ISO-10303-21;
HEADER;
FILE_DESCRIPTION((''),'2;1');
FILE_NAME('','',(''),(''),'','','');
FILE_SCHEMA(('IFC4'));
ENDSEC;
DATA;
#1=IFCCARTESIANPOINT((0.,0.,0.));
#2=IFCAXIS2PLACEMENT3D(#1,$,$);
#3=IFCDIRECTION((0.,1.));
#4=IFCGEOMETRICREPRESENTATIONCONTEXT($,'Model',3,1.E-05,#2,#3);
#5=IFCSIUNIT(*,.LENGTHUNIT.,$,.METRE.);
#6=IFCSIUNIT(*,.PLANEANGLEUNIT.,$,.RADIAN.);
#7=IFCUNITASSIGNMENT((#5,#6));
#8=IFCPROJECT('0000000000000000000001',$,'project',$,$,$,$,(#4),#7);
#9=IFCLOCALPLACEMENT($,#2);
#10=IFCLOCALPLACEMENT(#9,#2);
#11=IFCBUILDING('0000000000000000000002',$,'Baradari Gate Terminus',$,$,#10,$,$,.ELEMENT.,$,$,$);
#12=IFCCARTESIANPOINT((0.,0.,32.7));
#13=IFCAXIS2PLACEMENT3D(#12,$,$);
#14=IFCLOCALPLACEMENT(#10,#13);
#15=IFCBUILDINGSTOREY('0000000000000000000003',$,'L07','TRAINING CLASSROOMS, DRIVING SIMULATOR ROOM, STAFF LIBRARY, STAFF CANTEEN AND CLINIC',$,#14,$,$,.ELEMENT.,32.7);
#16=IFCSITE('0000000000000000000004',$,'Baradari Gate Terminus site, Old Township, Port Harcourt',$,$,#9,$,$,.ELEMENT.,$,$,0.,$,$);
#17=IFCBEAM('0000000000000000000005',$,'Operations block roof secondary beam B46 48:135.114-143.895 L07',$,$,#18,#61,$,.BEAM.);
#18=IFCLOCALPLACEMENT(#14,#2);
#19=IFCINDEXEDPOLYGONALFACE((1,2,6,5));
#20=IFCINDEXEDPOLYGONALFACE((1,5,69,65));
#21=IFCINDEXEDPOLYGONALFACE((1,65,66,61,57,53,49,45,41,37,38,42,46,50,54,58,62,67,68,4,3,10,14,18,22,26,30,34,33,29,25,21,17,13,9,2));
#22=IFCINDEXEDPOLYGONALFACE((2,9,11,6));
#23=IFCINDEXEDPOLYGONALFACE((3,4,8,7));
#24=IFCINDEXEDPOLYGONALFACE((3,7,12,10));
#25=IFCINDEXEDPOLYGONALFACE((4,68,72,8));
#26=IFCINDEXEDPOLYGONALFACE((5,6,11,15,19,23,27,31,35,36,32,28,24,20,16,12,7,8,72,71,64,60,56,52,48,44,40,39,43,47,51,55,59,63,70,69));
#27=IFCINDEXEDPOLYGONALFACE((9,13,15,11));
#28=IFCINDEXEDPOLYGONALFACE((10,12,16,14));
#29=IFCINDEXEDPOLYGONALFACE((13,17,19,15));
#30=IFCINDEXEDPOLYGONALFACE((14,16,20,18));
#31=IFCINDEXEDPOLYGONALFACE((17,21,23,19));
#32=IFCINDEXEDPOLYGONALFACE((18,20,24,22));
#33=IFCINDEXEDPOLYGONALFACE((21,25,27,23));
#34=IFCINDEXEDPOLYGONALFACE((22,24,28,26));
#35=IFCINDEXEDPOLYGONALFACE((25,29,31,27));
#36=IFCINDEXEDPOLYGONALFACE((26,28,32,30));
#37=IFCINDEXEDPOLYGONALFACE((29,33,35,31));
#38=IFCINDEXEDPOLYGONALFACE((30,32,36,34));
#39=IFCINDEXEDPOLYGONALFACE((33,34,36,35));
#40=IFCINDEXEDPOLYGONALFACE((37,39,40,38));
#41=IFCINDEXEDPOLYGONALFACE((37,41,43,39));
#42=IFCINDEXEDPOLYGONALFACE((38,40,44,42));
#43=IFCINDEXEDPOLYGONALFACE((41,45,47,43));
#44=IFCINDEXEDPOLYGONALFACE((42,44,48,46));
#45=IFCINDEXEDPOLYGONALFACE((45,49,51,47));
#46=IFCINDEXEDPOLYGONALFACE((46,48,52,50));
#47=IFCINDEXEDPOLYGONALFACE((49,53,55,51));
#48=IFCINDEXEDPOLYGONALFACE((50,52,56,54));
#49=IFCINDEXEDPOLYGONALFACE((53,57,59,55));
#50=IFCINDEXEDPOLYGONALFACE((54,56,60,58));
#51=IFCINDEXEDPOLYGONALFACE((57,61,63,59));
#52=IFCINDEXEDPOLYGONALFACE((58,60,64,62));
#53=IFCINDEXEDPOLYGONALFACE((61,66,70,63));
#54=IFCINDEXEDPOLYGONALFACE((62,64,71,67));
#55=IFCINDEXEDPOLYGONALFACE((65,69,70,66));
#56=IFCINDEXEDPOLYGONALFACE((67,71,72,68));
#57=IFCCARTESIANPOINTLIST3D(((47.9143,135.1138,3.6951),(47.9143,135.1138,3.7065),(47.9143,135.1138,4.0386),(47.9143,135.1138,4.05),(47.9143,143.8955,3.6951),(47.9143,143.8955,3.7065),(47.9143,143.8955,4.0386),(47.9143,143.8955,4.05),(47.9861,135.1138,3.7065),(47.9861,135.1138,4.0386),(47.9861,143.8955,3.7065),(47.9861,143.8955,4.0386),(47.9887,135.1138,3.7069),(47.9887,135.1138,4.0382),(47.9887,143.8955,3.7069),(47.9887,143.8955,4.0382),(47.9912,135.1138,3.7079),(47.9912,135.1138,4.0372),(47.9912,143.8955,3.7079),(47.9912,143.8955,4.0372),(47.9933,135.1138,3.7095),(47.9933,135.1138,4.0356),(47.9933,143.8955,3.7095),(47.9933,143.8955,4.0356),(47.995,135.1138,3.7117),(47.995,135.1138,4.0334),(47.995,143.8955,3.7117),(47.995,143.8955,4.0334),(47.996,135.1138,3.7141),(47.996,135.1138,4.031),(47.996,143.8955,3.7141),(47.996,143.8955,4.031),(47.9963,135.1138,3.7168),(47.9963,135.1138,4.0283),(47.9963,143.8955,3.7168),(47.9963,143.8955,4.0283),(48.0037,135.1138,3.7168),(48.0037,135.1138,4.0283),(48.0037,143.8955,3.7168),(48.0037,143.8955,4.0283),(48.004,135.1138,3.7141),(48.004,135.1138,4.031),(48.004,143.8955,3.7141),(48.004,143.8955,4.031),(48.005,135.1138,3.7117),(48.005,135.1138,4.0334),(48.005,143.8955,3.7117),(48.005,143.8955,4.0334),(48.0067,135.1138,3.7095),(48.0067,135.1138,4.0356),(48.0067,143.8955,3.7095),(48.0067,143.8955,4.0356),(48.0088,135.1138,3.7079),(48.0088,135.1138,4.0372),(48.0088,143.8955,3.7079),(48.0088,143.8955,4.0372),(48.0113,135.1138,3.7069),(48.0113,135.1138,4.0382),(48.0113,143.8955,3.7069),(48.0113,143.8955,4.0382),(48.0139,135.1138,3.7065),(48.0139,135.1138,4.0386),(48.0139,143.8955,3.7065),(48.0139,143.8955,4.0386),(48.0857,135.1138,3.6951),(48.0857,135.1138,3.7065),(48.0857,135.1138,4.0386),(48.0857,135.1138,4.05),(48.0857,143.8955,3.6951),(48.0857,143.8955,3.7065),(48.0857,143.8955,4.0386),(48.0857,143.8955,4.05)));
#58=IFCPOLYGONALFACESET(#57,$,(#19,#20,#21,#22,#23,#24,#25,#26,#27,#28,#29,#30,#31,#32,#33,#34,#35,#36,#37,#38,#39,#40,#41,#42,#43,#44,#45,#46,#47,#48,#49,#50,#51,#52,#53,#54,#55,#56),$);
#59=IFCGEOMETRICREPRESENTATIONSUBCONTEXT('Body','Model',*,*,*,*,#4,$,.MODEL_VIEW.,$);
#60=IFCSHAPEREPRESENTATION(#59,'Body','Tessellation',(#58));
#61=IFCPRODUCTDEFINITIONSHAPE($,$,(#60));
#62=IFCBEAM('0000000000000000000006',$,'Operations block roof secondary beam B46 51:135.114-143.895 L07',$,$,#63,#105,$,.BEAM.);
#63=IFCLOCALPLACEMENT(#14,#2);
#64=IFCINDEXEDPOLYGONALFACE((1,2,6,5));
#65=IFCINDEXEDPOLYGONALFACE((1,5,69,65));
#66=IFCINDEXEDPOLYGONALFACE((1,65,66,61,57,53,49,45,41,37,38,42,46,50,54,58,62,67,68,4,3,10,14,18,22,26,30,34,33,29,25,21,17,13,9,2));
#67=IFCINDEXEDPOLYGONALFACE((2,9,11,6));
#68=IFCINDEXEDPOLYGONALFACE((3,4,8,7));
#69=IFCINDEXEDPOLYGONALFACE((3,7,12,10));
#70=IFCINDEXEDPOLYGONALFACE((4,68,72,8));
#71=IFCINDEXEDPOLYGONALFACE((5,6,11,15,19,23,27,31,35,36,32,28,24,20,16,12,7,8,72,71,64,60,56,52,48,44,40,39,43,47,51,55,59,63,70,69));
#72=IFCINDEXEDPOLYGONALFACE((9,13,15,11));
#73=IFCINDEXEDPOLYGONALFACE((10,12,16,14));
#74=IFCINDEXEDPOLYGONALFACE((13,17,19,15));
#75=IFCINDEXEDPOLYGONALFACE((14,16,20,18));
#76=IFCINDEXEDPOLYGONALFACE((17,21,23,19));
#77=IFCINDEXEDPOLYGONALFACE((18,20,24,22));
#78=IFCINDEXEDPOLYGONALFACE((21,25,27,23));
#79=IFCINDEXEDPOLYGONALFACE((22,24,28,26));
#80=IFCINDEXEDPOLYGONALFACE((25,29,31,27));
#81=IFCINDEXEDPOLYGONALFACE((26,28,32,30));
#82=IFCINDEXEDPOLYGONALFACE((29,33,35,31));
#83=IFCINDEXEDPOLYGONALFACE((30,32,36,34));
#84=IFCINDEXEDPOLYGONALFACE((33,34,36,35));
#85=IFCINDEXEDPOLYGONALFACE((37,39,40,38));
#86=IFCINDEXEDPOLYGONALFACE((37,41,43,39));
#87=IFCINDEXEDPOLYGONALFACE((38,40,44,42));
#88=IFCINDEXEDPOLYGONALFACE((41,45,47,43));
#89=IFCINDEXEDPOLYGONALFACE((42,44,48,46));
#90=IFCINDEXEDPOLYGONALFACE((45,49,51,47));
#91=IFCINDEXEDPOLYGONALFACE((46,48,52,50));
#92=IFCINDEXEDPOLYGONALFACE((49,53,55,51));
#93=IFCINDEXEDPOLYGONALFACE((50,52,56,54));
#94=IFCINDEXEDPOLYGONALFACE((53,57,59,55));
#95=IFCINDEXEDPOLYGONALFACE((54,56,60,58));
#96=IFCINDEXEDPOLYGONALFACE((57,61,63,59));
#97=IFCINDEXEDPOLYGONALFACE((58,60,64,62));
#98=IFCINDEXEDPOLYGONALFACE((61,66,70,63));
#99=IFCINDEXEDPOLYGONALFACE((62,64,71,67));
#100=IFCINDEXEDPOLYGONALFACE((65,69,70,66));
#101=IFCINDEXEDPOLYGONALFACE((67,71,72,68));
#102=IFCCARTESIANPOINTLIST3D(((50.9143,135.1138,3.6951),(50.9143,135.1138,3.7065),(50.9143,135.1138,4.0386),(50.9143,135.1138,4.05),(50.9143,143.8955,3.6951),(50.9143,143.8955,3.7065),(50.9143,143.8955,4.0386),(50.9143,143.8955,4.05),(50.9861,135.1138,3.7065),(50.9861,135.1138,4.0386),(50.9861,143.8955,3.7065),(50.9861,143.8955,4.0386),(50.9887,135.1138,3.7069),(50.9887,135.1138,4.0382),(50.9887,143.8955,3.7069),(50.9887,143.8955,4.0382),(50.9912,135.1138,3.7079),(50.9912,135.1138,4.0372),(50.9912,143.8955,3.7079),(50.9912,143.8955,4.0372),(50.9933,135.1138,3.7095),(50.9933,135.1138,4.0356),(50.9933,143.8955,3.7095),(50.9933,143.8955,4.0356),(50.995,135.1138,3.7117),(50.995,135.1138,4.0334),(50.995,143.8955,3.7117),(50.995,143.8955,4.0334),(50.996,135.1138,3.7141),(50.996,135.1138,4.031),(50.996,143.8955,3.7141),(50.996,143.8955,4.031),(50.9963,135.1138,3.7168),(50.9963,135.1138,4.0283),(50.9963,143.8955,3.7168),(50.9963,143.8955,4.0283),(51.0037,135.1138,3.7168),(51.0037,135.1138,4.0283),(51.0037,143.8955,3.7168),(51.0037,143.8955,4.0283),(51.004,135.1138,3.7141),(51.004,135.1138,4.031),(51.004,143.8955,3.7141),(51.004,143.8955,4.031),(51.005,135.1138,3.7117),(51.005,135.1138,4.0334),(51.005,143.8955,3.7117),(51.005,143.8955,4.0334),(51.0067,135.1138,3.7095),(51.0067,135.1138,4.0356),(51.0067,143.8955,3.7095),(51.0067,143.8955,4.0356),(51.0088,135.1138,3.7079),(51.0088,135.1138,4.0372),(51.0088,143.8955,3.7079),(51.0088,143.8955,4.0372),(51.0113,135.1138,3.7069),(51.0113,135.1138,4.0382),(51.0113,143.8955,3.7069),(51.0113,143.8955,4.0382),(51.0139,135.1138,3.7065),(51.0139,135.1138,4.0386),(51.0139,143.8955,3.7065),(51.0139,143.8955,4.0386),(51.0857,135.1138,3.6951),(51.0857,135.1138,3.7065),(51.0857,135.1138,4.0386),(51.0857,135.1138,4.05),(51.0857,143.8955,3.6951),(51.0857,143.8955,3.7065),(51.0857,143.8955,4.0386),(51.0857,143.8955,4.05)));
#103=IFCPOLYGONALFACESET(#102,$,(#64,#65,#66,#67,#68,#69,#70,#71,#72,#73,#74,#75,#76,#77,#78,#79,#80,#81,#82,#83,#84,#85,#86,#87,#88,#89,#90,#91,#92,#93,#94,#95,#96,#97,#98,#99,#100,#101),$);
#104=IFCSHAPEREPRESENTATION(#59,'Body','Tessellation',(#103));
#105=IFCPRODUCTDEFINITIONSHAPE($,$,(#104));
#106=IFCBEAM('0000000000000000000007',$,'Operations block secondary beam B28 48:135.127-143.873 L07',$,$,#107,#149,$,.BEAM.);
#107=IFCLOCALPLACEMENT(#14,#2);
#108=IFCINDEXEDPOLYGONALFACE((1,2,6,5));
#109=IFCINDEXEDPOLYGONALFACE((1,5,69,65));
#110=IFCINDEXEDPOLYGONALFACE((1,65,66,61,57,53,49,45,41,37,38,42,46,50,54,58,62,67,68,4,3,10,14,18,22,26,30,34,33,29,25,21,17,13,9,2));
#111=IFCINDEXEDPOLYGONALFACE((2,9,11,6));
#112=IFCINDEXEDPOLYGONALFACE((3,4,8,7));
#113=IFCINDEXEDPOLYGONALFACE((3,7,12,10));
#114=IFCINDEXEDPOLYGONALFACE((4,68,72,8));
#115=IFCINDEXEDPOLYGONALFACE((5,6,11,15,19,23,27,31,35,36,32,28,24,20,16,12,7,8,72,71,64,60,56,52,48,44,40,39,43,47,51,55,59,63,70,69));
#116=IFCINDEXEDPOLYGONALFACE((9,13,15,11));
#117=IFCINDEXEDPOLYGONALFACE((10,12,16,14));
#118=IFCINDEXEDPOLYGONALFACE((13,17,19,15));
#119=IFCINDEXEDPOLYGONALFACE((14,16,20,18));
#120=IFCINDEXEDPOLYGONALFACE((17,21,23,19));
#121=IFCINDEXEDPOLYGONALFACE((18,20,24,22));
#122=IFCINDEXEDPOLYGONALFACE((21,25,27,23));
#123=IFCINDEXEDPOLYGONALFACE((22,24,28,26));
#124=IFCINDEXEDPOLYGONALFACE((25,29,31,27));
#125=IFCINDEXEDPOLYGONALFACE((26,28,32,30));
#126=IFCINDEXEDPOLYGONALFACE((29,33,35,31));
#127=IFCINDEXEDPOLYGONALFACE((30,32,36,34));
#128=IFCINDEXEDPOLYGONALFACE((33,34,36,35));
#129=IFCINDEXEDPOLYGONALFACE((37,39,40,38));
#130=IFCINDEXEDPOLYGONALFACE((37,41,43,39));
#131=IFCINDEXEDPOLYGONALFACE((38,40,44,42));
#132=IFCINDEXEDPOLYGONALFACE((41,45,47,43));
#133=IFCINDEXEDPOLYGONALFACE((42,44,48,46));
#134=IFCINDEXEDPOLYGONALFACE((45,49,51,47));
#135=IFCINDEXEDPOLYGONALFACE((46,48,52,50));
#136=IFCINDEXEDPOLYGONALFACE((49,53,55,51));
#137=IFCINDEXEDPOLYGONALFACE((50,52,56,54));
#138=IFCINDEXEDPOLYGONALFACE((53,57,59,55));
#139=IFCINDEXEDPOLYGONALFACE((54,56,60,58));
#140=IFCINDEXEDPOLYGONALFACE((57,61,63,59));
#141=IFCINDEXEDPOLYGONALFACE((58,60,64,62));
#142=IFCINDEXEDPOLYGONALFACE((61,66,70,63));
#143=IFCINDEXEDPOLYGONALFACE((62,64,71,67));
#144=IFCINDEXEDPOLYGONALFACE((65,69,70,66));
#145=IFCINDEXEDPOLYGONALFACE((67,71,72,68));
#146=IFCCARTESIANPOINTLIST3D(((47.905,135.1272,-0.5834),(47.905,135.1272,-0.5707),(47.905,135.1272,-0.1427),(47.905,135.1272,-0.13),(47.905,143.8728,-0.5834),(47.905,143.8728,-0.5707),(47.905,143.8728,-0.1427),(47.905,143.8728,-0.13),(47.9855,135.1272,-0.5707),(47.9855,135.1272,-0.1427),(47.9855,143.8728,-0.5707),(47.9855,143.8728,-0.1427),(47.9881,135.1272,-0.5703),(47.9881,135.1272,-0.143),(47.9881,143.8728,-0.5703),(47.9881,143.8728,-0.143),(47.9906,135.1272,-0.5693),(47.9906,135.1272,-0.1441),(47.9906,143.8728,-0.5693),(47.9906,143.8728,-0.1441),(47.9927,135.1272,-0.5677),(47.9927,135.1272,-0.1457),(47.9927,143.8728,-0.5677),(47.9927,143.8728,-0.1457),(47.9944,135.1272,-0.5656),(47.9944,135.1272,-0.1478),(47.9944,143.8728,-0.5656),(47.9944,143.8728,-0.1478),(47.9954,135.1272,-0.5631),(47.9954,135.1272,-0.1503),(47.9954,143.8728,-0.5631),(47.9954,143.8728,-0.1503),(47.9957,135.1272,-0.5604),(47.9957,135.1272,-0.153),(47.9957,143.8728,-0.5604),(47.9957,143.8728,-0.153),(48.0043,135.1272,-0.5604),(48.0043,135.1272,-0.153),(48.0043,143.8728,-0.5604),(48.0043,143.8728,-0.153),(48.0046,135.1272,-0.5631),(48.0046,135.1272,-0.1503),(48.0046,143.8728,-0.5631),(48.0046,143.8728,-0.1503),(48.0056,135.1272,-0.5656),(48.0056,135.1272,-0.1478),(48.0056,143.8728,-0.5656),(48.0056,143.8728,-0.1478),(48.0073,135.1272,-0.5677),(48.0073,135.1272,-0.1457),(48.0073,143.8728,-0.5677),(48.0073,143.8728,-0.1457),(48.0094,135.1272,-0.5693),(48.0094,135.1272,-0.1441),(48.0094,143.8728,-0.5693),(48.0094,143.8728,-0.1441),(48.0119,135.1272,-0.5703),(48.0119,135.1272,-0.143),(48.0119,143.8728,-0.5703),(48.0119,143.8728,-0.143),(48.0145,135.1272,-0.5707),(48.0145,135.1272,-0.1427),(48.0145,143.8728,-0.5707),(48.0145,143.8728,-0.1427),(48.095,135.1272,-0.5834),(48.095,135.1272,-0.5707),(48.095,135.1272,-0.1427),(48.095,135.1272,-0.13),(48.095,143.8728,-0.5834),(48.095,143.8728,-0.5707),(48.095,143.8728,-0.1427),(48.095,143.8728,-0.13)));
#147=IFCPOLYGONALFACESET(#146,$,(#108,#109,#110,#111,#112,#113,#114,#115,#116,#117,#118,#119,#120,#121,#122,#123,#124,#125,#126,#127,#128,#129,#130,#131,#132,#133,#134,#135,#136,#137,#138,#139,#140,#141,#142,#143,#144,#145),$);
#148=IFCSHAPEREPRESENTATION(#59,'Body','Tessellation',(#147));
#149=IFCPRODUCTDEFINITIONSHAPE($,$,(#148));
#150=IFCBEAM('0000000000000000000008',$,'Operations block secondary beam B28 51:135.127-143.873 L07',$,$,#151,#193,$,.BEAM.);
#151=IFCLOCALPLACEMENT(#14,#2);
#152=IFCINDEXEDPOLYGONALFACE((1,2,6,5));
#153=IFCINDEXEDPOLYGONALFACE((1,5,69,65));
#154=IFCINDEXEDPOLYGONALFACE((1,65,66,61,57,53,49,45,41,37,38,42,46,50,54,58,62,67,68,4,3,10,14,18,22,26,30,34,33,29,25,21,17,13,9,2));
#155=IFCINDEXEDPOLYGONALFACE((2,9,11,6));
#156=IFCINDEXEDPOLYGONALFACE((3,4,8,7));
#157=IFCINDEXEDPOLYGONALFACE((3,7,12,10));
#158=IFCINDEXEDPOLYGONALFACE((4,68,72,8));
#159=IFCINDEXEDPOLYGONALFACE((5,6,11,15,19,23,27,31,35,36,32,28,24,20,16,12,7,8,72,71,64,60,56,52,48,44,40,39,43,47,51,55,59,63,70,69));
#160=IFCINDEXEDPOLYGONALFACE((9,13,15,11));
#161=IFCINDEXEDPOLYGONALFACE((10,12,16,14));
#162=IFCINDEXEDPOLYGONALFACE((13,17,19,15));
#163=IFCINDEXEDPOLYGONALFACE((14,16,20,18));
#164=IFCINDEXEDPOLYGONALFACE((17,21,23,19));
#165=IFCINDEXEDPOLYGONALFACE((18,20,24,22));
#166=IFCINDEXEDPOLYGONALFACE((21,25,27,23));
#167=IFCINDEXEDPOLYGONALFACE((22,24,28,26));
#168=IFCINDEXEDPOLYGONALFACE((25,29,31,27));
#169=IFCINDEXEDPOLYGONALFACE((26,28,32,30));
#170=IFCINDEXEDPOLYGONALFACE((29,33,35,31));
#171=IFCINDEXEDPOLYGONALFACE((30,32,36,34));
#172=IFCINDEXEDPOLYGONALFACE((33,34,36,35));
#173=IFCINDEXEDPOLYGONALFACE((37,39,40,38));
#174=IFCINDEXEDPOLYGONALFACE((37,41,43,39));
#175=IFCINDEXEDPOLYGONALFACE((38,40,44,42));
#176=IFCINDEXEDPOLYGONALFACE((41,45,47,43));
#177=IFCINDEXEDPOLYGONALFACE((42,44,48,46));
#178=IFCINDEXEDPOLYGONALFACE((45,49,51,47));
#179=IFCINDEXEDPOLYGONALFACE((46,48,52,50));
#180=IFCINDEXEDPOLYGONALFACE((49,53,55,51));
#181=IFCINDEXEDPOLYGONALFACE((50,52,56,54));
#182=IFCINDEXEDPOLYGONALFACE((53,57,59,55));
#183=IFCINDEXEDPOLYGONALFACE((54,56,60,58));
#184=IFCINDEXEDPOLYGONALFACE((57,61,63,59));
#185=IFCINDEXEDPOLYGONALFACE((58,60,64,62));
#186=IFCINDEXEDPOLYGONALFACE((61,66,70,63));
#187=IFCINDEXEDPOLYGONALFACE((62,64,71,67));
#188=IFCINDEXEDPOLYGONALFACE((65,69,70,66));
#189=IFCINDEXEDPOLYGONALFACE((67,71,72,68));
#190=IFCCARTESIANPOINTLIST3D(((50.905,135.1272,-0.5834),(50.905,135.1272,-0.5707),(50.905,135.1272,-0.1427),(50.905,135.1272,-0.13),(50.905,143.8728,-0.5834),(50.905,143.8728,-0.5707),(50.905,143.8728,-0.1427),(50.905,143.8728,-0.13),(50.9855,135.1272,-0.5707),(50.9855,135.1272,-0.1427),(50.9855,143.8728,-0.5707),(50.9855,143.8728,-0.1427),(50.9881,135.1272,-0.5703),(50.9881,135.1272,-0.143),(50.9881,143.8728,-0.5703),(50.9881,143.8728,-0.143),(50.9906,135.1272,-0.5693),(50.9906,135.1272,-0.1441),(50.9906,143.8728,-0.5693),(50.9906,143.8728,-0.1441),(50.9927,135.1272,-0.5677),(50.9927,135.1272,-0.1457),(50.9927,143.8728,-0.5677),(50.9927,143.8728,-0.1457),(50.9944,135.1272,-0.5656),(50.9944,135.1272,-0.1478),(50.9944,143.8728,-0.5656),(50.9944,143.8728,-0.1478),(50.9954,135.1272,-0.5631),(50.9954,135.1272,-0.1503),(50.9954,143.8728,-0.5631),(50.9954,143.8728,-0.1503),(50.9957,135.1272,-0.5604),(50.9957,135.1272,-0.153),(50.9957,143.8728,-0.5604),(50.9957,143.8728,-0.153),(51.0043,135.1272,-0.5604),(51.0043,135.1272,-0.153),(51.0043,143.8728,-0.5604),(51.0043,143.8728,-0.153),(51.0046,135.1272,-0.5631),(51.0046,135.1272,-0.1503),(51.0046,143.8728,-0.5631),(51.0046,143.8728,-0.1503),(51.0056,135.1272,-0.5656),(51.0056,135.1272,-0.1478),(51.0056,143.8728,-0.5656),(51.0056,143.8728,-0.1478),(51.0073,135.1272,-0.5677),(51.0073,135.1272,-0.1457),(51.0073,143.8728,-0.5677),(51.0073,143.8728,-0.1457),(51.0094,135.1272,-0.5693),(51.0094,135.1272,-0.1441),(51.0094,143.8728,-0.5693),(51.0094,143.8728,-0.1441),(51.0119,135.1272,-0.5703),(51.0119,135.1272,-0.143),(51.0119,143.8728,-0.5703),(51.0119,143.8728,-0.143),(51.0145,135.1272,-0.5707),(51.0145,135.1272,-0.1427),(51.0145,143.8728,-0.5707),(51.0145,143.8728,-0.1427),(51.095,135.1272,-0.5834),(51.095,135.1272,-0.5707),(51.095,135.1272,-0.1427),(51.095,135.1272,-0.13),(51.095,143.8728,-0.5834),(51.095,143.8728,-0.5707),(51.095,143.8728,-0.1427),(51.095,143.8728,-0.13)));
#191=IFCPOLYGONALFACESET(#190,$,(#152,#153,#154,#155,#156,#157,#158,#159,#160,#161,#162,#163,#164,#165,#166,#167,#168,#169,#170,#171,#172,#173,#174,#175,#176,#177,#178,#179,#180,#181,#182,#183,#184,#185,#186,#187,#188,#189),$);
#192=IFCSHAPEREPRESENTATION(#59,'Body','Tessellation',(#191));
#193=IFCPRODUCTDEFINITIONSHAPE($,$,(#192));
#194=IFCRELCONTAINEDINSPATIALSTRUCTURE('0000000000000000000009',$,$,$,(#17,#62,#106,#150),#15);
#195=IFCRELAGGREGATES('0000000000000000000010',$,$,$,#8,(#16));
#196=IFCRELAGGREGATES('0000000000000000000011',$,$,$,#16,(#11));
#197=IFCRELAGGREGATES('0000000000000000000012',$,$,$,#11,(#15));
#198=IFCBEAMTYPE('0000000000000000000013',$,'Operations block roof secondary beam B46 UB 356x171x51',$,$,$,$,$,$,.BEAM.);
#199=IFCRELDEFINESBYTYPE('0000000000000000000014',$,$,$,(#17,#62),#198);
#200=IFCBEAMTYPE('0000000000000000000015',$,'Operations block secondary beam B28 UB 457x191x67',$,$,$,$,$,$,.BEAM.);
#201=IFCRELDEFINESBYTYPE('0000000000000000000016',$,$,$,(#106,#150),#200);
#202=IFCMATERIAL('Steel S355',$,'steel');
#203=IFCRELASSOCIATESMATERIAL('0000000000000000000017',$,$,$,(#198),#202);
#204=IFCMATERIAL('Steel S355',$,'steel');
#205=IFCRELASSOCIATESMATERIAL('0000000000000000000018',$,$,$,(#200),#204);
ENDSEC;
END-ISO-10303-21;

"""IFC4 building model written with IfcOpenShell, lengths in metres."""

from ifc_helpers import new_model, si_unit, direction, frame, origin, origin_2d, place, context, subcontext, project, spatial, i_section, extrude, material, material_profile, profile_set, type_object, element, save


model = new_model("IFC4")

# Units and contexts
model_context = context("Model", 3, precision=1e-05, world=origin(), true_north=direction((0.0, 1.0)))
body_context = subcontext(model_context, "Body", "Model", "MODEL_VIEW")
ifc_project = project(units=[si_unit("LENGTHUNIT", "METRE"), si_unit("PLANEANGLEUNIT", "RADIAN")], contexts=[model_context])

# Site, building, storey
site_placement = place(None, origin())
site = spatial("IfcSite", under=ifc_project, at=site_placement, Name="Baradari Gate Terminus site, Old Township, Port Harcourt", CompositionType="ELEMENT", RefElevation=0.0)
building_placement = place(site_placement, origin())
building = spatial("IfcBuilding", under=site, at=building_placement, Name="Baradari Gate Terminus", CompositionType="ELEMENT")
storey_placement = place(building_placement, frame((0.0, 0.0, 32.7)))
storey = spatial("IfcBuildingStorey", under=building, at=storey_placement, Name="L07", Description="TRAINING CLASSROOMS, DRIVING SIMULATOR ROOM, STAFF LIBRARY, STAFF CANTEEN AND CLINIC", CompositionType="ELEMENT", Elevation=32.7)

# Beams
ifc_material_1 = material(Name="Steel S355", Category="steel")
ifc_material_profile_1 = material_profile(ifc_material_1, i_section(OverallWidth=0.1714, OverallDepth=0.355, WebThickness=0.0073, FlangeThickness=0.0115, FilletRadius=0.0103, at=origin_2d()), Name="UB 356x171x51")
ifc_profile_set_1 = profile_set([ifc_material_profile_1], Name="Steel S355")
beam_type_1 = type_object("IfcBeamType", Name="Operations block roof secondary beam B46 UB 356x171x51", PredefinedType="BEAM", material=ifc_profile_set_1)
for number, where, z_axis, x_axis, name in (
    (1, (48.0, 135.1138, 3.8726), (0.0, 1.0, 0.0), (-1.0, 0.0, 0.0), "Operations block roof secondary beam B46 48:135.114-143.895 L07"),
    (2, (51.0, 135.1138, 3.8726), (0.0, 1.0, 0.0), (-1.0, 0.0, 0.0), "Operations block roof secondary beam B46 51:135.114-143.895 L07"),
):
    element("IfcBeam", number, at=place(storey_placement, frame(where, z_axis=z_axis, x_axis=x_axis)), inside=storey, type_object=beam_type_1, Name=name, PredefinedType="BEAM", context=body_context, shape_type="SweptSolid", body=[
        extrude(i_section(OverallWidth=0.1714, OverallDepth=0.355, WebThickness=0.0073, FlangeThickness=0.0115, FilletRadius=0.0103, at=origin_2d()), origin(), (0.0, 0.0, 1.0), 8.7817),
    ])
ifc_material_2 = material(Name="Steel S355", Category="steel")
ifc_material_profile_2 = material_profile(ifc_material_2, i_section(OverallWidth=0.1899, OverallDepth=0.4534, WebThickness=0.0085, FlangeThickness=0.0127, FilletRadius=0.0103, at=origin_2d()), Name="UB 457x191x67")
ifc_profile_set_2 = profile_set([ifc_material_profile_2], Name="Steel S355")
beam_type_2 = type_object("IfcBeamType", Name="Operations block secondary beam B28 UB 457x191x67", PredefinedType="BEAM", material=ifc_profile_set_2)
for number, where, z_axis, x_axis, name in (
    (3, (48.0, 135.1272, -0.3567), (0.0, 1.0, 0.0), (-1.0, 0.0, 0.0), "Operations block secondary beam B28 48:135.127-143.873 L07"),
    (4, (51.0, 135.1272, -0.3567), (0.0, 1.0, 0.0), (-1.0, 0.0, 0.0), "Operations block secondary beam B28 51:135.127-143.873 L07"),
):
    element("IfcBeam", number, at=place(storey_placement, frame(where, z_axis=z_axis, x_axis=x_axis)), inside=storey, type_object=beam_type_2, Name=name, PredefinedType="BEAM", context=body_context, shape_type="SweptSolid", body=[
        extrude(i_section(OverallWidth=0.1899, OverallDepth=0.4534, WebThickness=0.0085, FlangeThickness=0.0127, FilletRadius=0.0103, at=origin_2d()), origin(), (0.0, 0.0, 1.0), 8.7456),
    ])

save(model, "model.ifc")
